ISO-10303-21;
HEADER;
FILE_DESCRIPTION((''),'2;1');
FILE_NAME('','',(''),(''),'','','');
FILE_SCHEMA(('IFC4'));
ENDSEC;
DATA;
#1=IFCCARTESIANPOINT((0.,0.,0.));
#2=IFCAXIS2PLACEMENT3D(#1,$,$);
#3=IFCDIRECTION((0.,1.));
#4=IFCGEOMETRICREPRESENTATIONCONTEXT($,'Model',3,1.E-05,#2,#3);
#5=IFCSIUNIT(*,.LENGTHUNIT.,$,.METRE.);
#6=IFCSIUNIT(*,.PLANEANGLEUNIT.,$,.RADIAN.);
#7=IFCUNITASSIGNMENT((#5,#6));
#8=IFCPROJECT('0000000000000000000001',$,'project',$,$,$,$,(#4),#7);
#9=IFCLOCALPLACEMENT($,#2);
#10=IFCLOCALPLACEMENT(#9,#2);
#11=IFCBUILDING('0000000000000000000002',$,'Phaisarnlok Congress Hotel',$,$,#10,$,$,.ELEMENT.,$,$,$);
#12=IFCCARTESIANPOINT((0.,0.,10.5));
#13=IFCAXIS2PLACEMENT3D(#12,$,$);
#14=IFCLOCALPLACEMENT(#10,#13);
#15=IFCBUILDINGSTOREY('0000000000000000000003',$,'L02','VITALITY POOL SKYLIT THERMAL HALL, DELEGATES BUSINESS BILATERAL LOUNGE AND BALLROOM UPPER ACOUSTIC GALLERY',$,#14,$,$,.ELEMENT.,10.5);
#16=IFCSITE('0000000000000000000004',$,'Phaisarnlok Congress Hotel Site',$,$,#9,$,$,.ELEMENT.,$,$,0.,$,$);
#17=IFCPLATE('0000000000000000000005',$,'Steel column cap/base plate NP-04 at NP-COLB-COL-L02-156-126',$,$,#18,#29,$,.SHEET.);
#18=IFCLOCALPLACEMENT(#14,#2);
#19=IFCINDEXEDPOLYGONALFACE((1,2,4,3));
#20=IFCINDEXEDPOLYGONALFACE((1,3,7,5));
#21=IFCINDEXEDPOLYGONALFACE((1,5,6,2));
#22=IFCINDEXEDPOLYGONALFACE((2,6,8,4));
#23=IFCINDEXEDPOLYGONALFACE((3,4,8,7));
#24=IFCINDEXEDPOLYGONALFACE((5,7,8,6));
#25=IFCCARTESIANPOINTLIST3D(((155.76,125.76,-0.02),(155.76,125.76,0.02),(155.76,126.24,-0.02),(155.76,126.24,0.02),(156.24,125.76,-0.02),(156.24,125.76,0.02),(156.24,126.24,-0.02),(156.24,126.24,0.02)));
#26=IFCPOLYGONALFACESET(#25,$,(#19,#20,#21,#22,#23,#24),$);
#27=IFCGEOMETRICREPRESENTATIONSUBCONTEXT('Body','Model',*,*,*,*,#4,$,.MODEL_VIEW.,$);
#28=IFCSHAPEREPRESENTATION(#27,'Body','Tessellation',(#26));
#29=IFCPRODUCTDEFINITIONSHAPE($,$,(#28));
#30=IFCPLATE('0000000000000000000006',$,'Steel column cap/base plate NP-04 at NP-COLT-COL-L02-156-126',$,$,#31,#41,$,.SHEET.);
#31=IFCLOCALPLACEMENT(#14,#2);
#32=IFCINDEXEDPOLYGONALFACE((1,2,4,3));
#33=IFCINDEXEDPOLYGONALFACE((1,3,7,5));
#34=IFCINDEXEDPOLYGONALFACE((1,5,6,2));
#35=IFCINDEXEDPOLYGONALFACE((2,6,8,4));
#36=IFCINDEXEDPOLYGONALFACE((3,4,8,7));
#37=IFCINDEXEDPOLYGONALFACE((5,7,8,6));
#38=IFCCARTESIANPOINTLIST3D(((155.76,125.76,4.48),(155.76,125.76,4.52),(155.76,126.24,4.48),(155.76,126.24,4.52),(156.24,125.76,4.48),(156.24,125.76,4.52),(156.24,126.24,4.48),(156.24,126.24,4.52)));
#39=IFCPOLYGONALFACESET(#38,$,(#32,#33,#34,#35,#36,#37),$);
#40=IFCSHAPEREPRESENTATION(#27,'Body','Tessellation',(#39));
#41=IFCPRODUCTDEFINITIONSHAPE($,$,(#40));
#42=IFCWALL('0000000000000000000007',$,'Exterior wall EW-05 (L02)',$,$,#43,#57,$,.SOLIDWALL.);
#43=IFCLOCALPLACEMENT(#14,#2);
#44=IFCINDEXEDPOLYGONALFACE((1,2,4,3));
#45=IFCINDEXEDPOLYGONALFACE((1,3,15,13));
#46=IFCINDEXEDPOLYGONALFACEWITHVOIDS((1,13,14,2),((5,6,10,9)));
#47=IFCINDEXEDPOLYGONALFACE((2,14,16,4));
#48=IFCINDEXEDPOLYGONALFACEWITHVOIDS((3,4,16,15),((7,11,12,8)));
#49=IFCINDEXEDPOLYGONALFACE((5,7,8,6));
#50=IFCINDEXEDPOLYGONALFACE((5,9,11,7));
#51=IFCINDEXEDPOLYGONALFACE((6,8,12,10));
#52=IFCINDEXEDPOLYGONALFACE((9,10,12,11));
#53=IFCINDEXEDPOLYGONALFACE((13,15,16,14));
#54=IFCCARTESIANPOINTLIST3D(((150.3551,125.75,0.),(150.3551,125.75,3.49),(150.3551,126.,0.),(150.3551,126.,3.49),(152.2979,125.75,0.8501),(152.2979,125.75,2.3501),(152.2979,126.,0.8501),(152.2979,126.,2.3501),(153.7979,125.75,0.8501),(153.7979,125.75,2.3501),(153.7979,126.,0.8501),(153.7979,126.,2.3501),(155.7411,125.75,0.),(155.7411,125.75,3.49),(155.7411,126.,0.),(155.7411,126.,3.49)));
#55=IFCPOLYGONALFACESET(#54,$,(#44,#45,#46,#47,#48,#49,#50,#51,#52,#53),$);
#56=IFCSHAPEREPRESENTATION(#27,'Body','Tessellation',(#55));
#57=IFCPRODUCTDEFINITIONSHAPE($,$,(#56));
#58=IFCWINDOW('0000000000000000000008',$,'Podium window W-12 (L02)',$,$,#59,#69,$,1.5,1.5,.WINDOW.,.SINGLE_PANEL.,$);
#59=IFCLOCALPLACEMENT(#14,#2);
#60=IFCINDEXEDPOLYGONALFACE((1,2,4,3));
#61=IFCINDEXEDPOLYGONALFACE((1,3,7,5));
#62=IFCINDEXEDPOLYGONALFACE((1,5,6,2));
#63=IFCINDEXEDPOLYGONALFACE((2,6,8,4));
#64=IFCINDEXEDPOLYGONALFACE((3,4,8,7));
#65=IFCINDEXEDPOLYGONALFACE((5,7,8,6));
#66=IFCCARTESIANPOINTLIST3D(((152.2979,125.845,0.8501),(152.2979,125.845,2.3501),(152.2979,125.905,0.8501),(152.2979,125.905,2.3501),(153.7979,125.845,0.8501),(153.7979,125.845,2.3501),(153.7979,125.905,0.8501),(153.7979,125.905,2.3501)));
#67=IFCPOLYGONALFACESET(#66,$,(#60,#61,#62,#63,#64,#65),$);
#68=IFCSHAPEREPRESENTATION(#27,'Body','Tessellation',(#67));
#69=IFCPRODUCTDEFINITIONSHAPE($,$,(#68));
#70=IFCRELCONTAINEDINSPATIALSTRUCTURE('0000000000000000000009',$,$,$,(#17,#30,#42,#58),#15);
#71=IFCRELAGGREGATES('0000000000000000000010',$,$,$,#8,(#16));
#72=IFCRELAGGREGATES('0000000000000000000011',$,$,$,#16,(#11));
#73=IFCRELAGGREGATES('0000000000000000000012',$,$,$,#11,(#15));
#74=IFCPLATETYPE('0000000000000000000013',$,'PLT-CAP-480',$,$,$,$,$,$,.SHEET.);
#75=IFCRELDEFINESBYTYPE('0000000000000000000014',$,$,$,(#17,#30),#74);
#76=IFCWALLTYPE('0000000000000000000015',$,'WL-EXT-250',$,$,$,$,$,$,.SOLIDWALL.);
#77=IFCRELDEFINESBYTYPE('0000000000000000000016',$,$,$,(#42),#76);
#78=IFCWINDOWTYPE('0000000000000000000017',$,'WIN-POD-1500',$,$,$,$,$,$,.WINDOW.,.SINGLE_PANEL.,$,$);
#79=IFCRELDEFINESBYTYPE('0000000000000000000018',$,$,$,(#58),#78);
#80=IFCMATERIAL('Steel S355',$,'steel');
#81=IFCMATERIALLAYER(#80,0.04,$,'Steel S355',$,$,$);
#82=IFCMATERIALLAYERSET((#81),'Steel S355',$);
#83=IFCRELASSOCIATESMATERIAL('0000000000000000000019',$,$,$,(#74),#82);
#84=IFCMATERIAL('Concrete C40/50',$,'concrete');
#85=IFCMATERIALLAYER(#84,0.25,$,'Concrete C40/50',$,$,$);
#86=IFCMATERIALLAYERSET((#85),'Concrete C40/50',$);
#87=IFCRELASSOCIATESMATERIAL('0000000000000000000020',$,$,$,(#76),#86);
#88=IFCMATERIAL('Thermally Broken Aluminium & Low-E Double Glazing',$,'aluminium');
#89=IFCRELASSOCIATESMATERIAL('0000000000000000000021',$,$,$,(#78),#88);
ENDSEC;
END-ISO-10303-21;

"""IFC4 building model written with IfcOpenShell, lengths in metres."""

from ifc_helpers import new_model, si_unit, direction, frame, frame_2d, origin, origin_2d, place, context, subcontext, project, spatial, rectangle, extrude, material, layer, layer_set, type_object, element, fill, save


model = new_model("IFC4")

# Units and contexts
model_context = context("Model", 3, precision=1e-05, world=origin(), true_north=direction((0.0, 1.0)))
body_context = subcontext(model_context, "Body", "Model", "MODEL_VIEW")
ifc_project = project(units=[si_unit("LENGTHUNIT", "METRE"), si_unit("PLANEANGLEUNIT", "RADIAN")], contexts=[model_context])

# Site, building, storey
site_placement = place(None, origin())
site = spatial("IfcSite", under=ifc_project, at=site_placement, Name="Phaisarnlok Congress Hotel Site", CompositionType="ELEMENT", RefElevation=0.0)
building_placement = place(site_placement, origin())
building = spatial("IfcBuilding", under=site, at=building_placement, Name="Phaisarnlok Congress Hotel", CompositionType="ELEMENT")
storey_placement = place(building_placement, frame((0.0, 0.0, 10.5)))
storey = spatial("IfcBuildingStorey", under=building, at=storey_placement, Name="L02", Description="VITALITY POOL SKYLIT THERMAL HALL, DELEGATES BUSINESS BILATERAL LOUNGE AND BALLROOM UPPER ACOUSTIC GALLERY", CompositionType="ELEMENT", Elevation=10.5)

# Shared definitions
ifc_material_1 = material(Name="Steel S355", Category="steel")

# Shared definitions
ifc_material_2 = material(Name="Concrete C40/50", Category="concrete")

# Plates
ifc_layer_1 = layer(ifc_material_1, 0.04, Name="Steel S355")
ifc_layer_set_1 = layer_set([ifc_layer_1], Name="Steel S355")
plate_type_1 = type_object("IfcPlateType", Name="PLT-CAP-480", PredefinedType="SHEET", material=ifc_layer_set_1)
for number, where, z_axis, x_axis, name in (
    (1, (156.0, 126.0, -0.02), (0.0, 0.0, 1.0), (1.0, 0.0, 0.0), "Steel column cap/base plate NP-04 at NP-COLB-COL-L02-156-126"),
    (2, (156.0, 126.0, 4.48), (0.0, 0.0, 1.0), (1.0, 0.0, 0.0), "Steel column cap/base plate NP-04 at NP-COLT-COL-L02-156-126"),
):
    element("IfcPlate", number, at=place(storey_placement, frame(where, z_axis=z_axis, x_axis=x_axis)), inside=storey, type_object=plate_type_1, Name=name, PredefinedType="SHEET", context=body_context, shape_type="SweptSolid", body=[
        extrude(rectangle(XDim=0.48, YDim=0.48, at=origin_2d()), origin(), (0.0, 0.0, 1.0), 0.04),
    ])

# Wall, opening, window
ifc_layer_2 = layer(ifc_material_2, 0.25, Name="Concrete C40/50")
ifc_layer_set_2 = layer_set([ifc_layer_2], Name="Concrete C40/50")
wall_type = type_object("IfcWallType", Name="WL-EXT-250", PredefinedType="SOLIDWALL", material=ifc_layer_set_2)
wall_placement = place(storey_placement, frame((155.741, 125.875, 0.0), z_axis=(0.0, 0.0, 1.0), x_axis=(-1.0, 0.0, 0.0)))
wall = element("IfcWall", 3, at=wall_placement, inside=storey, type_object=wall_type, Name="Exterior wall EW-05 (L02)", PredefinedType="SOLIDWALL", context=body_context, shape_type="SweptSolid", body=[
    extrude(rectangle(XDim=5.386, YDim=0.25, at=frame_2d((2.6929, 0.0))), origin(), (0.0, 0.0, 1.0), 3.49),
])
opening_placement = place(wall_placement, frame((1.9431, 0.0, 0.8501)))
opening = element("IfcOpeningElement", 4, at=opening_placement, cuts=wall, PredefinedType="OPENING", context=body_context, shape_type="SweptSolid", body=[
    extrude(rectangle(XDim=1.5, YDim=1.5, at=frame_2d((0.75, 0.75))), frame((0.0, 0.135, 0.0), z_axis=(0.0, -1.0, 0.0), x_axis=(1.0, 0.0, 0.0)), (0.0, 0.0, 1.0), 0.27),
])
ifc_material_3 = material(Name="Thermally Broken Aluminium & Low-E Double Glazing", Category="aluminium")
window_type = type_object("IfcWindowType", Name="WIN-POD-1500", PartitioningType="SINGLE_PANEL", PredefinedType="WINDOW", material=ifc_material_3)
window_placement = place(opening_placement, origin())
window = element("IfcWindow", 5, at=window_placement, inside=storey, type_object=window_type, Name="Podium window W-12 (L02)", OverallHeight=1.5, OverallWidth=1.5, PartitioningType="SINGLE_PANEL", PredefinedType="WINDOW", context=body_context, shape_type="SweptSolid", body=[
    extrude(rectangle(XDim=1.5, YDim=1.5, at=frame_2d((0.75, 0.75))), frame((0.0, 0.03, 0.0), z_axis=(0.0, -1.0, 0.0), x_axis=(1.0, 0.0, 0.0)), (0.0, 0.0, 1.0), 0.0601),
])
fill(opening, window)

save(model, "model.ifc")
